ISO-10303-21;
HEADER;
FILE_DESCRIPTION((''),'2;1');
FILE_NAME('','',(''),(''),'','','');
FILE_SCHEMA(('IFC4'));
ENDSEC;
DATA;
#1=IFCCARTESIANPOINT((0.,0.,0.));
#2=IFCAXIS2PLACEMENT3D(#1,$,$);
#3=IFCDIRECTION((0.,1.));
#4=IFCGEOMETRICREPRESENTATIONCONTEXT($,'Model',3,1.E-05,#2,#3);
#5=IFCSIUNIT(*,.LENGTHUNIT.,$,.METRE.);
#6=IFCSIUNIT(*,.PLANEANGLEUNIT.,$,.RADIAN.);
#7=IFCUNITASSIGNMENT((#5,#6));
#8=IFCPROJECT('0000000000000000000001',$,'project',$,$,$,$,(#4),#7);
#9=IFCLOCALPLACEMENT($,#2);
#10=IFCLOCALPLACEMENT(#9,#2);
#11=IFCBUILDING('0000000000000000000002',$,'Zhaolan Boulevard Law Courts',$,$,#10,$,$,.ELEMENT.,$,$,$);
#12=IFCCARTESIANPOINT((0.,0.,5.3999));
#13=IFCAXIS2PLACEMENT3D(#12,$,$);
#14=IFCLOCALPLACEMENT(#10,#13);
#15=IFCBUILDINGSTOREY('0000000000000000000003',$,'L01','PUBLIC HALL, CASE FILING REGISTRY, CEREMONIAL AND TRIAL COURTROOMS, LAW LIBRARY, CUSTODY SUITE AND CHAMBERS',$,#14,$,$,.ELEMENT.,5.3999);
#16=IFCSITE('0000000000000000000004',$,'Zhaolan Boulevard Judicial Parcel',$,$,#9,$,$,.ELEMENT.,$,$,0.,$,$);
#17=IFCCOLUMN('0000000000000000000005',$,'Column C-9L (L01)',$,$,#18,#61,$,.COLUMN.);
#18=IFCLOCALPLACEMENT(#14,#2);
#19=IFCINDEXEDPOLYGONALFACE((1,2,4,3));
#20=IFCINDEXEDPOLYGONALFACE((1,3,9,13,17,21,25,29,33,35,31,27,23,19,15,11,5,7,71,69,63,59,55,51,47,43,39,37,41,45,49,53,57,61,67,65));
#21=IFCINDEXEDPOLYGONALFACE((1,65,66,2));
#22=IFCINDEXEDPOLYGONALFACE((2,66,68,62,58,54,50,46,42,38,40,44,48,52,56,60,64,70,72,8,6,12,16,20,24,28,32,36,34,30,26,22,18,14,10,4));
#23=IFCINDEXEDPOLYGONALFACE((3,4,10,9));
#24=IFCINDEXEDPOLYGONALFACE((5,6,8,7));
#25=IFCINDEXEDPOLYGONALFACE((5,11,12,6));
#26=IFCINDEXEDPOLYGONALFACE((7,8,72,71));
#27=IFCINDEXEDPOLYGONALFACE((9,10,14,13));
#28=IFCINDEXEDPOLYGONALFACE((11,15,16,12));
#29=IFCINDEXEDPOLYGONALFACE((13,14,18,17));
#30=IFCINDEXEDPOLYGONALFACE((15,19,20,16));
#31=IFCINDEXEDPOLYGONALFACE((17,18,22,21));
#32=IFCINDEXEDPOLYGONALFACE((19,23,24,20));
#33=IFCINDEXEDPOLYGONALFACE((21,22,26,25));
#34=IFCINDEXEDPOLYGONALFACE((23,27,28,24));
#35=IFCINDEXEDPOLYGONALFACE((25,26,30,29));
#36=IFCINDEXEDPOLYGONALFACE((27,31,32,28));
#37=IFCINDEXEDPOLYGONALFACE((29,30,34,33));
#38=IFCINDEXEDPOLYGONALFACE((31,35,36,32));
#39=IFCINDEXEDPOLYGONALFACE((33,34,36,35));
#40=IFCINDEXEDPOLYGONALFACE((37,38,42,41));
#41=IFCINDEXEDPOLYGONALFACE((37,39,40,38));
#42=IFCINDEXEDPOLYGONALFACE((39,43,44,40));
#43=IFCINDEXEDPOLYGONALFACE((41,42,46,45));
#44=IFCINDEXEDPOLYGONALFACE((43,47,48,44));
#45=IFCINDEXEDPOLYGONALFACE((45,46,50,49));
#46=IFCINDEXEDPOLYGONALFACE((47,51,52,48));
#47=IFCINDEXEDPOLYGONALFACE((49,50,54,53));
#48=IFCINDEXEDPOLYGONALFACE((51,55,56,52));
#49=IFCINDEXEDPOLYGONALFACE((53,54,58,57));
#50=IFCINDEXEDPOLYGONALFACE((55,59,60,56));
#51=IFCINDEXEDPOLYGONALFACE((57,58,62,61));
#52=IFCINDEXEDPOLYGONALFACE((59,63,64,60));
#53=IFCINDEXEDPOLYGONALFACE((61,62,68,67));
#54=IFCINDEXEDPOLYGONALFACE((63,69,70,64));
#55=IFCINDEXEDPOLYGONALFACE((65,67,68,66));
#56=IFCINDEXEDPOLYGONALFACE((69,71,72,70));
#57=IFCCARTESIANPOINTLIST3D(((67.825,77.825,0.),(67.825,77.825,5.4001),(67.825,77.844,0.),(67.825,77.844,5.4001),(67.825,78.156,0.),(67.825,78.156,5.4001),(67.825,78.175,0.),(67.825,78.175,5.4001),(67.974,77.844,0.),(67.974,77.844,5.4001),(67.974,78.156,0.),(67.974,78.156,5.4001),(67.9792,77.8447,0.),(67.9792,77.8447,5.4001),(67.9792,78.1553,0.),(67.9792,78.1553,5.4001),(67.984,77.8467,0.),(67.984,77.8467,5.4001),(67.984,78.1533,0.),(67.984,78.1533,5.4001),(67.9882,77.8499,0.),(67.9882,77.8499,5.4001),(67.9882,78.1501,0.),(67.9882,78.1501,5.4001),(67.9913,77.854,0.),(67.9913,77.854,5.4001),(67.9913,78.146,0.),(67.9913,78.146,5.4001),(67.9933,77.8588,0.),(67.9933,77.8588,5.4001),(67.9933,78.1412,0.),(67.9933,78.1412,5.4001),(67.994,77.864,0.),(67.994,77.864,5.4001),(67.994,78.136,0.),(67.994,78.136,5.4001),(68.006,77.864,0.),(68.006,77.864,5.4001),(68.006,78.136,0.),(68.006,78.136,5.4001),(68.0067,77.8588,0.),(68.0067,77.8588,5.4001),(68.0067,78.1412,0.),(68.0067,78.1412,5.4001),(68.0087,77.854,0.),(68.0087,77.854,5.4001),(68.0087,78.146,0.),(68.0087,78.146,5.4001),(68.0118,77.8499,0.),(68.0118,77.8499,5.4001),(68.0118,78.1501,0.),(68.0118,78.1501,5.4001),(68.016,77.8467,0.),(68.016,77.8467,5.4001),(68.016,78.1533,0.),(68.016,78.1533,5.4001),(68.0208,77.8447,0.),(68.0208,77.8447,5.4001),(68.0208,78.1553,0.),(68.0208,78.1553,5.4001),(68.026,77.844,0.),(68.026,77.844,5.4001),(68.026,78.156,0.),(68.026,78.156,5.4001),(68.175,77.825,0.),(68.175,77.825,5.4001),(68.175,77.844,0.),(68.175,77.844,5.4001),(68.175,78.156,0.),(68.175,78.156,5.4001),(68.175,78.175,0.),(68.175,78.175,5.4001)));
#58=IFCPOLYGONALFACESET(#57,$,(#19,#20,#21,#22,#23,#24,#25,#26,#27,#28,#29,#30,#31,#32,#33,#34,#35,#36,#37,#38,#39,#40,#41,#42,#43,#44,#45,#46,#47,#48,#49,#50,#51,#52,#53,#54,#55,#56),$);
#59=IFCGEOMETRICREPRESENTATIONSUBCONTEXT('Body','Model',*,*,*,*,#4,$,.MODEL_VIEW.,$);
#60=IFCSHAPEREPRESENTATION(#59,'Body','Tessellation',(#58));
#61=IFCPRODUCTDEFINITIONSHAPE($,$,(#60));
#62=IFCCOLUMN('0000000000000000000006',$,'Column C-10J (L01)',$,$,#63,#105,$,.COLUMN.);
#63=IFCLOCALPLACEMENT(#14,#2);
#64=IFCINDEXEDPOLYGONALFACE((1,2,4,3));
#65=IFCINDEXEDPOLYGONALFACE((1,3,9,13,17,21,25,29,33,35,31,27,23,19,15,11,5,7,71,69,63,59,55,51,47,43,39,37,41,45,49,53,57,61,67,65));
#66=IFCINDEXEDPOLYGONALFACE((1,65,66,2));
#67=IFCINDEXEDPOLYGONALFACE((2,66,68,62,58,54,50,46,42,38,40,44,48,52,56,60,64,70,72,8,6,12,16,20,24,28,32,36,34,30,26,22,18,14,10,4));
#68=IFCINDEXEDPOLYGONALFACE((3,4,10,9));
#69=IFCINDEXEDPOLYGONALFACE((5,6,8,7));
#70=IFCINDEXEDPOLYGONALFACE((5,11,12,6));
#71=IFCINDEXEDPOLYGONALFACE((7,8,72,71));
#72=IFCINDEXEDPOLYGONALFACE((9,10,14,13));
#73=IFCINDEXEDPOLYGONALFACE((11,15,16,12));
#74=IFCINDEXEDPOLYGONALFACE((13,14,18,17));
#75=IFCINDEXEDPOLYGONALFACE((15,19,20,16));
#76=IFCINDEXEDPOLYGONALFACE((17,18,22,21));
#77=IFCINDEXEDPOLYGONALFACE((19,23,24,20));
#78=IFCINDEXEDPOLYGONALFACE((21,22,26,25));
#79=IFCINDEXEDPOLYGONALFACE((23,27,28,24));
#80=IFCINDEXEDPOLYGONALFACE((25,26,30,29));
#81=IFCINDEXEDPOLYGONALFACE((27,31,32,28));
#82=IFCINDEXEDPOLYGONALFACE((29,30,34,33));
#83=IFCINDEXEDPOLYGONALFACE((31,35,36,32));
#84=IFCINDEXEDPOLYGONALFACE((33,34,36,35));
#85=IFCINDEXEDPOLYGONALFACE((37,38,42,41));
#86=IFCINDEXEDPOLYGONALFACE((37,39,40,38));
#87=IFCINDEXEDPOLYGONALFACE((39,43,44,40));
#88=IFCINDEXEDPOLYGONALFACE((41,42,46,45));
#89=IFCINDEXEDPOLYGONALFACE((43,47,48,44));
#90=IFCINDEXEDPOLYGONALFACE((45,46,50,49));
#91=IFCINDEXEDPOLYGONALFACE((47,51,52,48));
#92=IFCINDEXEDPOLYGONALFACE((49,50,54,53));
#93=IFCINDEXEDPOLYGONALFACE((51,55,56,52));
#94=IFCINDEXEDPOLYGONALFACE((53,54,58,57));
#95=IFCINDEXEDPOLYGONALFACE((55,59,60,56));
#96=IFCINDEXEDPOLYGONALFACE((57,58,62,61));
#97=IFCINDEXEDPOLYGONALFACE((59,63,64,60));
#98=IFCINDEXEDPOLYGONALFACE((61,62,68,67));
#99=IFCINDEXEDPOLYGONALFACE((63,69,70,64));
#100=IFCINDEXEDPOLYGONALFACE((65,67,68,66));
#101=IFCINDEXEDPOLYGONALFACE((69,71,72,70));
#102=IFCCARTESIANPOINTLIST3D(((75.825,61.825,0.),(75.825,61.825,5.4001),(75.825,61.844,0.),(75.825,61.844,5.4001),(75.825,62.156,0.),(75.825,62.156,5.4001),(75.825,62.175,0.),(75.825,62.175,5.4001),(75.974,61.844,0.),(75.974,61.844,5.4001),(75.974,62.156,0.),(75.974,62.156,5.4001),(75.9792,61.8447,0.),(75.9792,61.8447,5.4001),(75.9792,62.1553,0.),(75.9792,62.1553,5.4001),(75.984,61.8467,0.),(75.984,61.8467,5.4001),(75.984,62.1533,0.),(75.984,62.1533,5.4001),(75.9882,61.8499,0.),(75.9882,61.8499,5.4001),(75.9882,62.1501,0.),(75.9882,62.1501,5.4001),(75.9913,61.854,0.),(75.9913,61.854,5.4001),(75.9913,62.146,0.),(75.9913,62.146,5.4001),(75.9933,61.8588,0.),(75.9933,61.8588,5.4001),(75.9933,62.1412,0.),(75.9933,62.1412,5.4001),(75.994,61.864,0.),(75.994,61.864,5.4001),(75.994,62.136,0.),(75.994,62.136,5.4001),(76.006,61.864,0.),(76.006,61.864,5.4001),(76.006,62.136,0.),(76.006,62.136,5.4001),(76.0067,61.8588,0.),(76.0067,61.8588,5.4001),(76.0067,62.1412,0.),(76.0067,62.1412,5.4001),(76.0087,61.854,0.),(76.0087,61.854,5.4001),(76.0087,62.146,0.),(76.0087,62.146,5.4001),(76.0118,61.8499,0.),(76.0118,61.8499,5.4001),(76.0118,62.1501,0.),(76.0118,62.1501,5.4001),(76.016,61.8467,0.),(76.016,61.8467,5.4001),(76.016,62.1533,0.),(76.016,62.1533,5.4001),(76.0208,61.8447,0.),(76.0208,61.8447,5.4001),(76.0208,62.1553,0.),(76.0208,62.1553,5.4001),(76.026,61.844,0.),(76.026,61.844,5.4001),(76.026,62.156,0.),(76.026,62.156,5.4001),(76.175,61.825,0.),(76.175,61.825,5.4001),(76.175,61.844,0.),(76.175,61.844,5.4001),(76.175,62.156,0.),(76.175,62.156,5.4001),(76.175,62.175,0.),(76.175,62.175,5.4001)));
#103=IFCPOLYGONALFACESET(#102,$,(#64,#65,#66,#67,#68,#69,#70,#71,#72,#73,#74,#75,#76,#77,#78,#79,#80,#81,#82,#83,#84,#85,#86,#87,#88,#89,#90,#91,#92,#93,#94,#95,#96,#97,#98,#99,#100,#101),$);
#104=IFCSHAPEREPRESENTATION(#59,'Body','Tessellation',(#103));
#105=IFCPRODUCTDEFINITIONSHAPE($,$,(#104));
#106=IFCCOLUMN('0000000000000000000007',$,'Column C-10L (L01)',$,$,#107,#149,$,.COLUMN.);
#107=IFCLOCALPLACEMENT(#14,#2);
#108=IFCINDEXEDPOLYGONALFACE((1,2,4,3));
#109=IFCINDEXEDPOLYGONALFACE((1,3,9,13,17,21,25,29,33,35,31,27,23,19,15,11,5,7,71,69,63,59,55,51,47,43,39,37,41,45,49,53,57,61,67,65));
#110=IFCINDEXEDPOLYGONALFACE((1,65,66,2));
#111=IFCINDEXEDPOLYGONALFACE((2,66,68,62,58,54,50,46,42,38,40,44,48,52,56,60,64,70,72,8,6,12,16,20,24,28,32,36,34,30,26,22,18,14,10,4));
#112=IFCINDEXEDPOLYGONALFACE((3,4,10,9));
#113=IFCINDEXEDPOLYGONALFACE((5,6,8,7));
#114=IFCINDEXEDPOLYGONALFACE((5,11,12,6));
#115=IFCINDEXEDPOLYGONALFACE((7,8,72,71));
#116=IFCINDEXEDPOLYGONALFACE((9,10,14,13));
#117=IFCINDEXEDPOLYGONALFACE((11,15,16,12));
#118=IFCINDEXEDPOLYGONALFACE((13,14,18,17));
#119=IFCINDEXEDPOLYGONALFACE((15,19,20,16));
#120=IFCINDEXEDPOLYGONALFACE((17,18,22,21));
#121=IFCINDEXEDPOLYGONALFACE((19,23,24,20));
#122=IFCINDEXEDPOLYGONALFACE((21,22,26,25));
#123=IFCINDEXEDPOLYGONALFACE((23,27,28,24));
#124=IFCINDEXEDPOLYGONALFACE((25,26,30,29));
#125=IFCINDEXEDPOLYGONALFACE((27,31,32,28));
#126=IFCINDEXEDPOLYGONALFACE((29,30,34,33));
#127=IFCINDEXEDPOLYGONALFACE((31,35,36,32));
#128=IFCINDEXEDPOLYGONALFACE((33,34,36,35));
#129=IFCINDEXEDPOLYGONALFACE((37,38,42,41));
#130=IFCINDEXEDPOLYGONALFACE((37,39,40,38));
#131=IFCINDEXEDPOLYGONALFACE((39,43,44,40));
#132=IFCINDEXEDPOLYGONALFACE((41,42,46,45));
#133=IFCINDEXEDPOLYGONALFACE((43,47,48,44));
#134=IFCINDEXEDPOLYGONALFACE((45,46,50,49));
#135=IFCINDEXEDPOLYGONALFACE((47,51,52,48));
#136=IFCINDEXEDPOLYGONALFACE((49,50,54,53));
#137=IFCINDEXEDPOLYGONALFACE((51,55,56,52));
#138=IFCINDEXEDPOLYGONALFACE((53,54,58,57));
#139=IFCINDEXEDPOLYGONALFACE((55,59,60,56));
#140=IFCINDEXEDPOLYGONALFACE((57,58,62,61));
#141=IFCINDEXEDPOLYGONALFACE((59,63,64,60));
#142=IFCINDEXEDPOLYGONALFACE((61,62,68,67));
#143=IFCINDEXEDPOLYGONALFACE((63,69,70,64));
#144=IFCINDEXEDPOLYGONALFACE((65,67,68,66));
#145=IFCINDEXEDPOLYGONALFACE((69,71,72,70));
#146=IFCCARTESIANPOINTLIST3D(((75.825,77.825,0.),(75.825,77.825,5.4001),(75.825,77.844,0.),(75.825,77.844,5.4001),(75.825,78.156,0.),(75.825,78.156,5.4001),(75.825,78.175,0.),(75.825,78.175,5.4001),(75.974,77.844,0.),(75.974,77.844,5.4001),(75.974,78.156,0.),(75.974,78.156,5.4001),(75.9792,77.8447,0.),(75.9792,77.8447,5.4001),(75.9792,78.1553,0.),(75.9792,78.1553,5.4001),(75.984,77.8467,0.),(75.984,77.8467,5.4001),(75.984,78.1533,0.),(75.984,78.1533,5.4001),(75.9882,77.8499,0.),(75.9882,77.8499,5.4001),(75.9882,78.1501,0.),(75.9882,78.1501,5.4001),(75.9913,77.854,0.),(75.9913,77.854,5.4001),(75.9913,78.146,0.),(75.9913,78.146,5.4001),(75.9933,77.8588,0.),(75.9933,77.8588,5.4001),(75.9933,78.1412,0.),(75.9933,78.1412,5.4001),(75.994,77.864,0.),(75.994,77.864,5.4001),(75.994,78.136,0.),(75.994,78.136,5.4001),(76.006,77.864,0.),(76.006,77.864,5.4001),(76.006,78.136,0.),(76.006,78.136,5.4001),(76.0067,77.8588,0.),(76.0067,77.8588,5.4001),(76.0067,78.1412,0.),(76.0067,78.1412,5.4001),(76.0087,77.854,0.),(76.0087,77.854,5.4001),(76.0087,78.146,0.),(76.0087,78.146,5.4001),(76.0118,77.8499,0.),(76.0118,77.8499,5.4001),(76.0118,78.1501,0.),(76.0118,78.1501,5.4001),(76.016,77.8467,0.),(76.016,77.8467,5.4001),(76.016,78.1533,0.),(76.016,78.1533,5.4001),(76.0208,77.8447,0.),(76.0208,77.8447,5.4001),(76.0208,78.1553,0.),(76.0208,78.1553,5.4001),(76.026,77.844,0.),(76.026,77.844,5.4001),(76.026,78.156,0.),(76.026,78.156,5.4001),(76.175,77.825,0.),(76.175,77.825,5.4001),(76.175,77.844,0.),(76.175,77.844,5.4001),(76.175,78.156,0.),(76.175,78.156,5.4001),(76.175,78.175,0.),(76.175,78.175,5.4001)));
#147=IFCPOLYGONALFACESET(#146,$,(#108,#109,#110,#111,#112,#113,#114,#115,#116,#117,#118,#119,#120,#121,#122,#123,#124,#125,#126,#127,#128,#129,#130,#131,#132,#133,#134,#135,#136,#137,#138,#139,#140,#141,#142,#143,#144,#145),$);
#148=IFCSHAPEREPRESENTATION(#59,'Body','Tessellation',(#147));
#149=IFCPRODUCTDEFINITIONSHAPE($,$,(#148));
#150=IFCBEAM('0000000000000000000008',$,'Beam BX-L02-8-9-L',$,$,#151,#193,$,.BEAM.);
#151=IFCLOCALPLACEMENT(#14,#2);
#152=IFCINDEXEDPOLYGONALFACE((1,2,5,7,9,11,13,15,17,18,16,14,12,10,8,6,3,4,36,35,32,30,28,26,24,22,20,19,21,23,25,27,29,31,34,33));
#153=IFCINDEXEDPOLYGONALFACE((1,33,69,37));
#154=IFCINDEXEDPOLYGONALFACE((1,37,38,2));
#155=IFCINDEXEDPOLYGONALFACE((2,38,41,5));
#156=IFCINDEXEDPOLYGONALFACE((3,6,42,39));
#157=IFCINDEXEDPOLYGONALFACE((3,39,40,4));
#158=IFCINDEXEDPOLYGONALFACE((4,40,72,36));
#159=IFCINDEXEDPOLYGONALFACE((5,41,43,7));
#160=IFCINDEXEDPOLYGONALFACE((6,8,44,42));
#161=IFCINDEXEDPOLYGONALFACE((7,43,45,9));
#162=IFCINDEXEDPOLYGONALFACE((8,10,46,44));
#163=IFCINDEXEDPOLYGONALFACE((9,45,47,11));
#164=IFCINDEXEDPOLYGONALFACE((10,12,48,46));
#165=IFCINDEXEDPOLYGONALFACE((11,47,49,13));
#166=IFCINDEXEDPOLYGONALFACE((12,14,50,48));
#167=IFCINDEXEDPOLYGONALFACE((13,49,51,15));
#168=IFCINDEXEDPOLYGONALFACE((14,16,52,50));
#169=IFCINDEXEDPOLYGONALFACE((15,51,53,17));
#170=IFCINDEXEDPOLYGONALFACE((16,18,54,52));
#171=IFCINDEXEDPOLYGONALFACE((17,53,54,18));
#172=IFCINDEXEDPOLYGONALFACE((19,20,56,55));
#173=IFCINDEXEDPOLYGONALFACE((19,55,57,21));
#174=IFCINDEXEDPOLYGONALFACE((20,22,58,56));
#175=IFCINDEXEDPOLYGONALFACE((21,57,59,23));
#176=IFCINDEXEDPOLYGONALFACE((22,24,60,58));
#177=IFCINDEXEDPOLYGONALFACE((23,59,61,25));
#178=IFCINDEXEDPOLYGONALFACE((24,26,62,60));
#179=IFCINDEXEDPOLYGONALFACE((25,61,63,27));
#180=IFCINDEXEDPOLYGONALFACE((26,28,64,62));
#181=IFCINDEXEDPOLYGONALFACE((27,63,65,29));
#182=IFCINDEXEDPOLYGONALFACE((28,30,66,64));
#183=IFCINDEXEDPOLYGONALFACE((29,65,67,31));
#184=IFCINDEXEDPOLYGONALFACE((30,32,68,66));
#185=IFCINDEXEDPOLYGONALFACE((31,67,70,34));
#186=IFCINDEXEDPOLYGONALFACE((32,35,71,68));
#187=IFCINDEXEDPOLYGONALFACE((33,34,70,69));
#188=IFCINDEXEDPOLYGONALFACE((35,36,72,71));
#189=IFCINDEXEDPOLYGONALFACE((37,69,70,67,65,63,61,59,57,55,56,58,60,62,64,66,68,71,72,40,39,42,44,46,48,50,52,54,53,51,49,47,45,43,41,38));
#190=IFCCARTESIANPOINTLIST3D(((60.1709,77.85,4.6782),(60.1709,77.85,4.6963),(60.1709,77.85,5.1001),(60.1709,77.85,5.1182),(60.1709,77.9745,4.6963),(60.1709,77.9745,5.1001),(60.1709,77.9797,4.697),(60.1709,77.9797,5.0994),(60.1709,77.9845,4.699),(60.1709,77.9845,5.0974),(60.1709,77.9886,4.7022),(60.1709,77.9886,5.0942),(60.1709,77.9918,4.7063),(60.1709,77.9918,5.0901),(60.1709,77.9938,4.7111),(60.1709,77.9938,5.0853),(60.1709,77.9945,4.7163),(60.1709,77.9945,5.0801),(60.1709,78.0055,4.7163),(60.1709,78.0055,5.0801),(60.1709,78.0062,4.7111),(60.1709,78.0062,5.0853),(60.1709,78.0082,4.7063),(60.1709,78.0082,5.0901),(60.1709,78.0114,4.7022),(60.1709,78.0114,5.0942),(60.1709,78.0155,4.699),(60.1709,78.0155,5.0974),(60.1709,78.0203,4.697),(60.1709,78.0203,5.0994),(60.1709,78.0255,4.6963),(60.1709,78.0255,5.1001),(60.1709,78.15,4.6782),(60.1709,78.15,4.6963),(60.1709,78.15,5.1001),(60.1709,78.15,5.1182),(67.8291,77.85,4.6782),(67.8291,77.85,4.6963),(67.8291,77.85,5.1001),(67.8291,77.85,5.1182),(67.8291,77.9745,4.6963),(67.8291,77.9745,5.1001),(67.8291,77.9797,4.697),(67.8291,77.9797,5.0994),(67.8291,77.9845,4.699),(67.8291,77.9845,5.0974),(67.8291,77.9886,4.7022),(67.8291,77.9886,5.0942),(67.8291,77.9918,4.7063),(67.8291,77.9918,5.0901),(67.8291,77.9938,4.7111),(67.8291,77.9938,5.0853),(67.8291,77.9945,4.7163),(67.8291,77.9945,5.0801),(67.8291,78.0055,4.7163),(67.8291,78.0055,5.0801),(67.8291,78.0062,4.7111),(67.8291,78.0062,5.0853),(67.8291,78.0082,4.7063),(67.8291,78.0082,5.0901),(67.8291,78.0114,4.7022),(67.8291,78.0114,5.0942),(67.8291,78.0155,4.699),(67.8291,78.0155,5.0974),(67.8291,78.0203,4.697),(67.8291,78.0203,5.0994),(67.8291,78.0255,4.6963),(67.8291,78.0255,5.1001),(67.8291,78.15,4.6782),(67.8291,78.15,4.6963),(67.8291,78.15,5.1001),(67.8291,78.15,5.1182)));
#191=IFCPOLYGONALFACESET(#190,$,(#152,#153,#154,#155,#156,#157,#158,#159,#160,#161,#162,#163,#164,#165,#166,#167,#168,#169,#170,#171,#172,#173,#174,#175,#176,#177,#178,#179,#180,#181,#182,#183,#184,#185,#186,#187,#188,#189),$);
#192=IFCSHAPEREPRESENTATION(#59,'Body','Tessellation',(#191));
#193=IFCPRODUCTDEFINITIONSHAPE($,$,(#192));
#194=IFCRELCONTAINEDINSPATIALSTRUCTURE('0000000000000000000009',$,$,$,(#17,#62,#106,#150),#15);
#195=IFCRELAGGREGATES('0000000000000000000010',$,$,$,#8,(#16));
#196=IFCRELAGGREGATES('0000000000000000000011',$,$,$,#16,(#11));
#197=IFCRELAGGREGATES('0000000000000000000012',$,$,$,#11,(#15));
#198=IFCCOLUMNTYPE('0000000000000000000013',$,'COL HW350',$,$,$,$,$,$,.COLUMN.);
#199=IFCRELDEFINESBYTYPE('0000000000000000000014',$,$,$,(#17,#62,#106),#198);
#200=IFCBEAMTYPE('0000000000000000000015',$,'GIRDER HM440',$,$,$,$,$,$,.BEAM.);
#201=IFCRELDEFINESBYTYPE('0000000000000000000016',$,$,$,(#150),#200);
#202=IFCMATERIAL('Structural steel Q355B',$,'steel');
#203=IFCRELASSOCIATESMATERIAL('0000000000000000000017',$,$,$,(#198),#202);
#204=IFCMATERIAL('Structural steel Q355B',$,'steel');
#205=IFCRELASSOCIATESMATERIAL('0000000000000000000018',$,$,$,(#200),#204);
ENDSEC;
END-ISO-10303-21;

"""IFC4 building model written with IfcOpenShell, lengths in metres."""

from ifc_helpers import new_model, si_unit, direction, frame, origin, origin_2d, place, context, subcontext, project, spatial, i_section, extrude, material, material_profile, profile_set, type_object, element, save


model = new_model("IFC4")

# Units and contexts
model_context = context("Model", 3, precision=1e-05, world=origin(), true_north=direction((0.0, 1.0)))
body_context = subcontext(model_context, "Body", "Model", "MODEL_VIEW")
ifc_project = project(units=[si_unit("LENGTHUNIT", "METRE"), si_unit("PLANEANGLEUNIT", "RADIAN")], contexts=[model_context])

# Site, building, storey
site_placement = place(None, origin())
site = spatial("IfcSite", under=ifc_project, at=site_placement, Name="Zhaolan Boulevard Judicial Parcel", CompositionType="ELEMENT", RefElevation=0.0)
building_placement = place(site_placement, origin())
building = spatial("IfcBuilding", under=site, at=building_placement, Name="Zhaolan Boulevard Law Courts", CompositionType="ELEMENT")
storey_placement = place(building_placement, frame((0.0, 0.0, 5.3999)))
storey = spatial("IfcBuildingStorey", under=building, at=storey_placement, Name="L01", Description="PUBLIC HALL, CASE FILING REGISTRY, CEREMONIAL AND TRIAL COURTROOMS, LAW LIBRARY, CUSTODY SUITE AND CHAMBERS", CompositionType="ELEMENT", Elevation=5.3999)

# Columns
ifc_material_1 = material(Name="Structural steel Q355B", Category="steel")
ifc_material_profile_1 = material_profile(ifc_material_1, i_section(OverallWidth=0.3501, OverallDepth=0.3501, WebThickness=0.012, FlangeThickness=0.019, FilletRadius=0.02, at=origin_2d()), Name="HW350x350")
ifc_profile_set_1 = profile_set([ifc_material_profile_1], Name="Structural steel Q355B")
column_type = type_object("IfcColumnType", Name="COL HW350", PredefinedType="COLUMN", material=ifc_profile_set_1)
for number, where, z_axis, x_axis, name in (
    (1, (68.0, 78.0, 0.0), (0.0, 0.0, 1.0), (1.0, 0.0, 0.0), "Column C-9L (L01)"),
    (2, (76.0, 62.0, 0.0), (0.0, 0.0, 1.0), (1.0, 0.0, 0.0), "Column C-10J (L01)"),
    (3, (76.0, 78.0, 0.0), (0.0, 0.0, 1.0), (1.0, 0.0, 0.0), "Column C-10L (L01)"),
):
    element("IfcColumn", number, at=place(storey_placement, frame(where, z_axis=z_axis, x_axis=x_axis)), inside=storey, type_object=column_type, Name=name, PredefinedType="COLUMN", context=body_context, shape_type="SweptSolid", body=[
        extrude(i_section(OverallWidth=0.3501, OverallDepth=0.3501, WebThickness=0.012, FlangeThickness=0.019, FilletRadius=0.02, at=origin_2d()), origin(), (0.0, 0.0, 1.0), 5.4001),
    ])

# Beam
ifc_material_2 = material(Name="Structural steel Q355B", Category="steel")
ifc_material_profile_2 = material_profile(ifc_material_2, i_section(OverallWidth=0.3, OverallDepth=0.4399, WebThickness=0.011, FlangeThickness=0.0181, FilletRadius=0.02, at=origin_2d()), Name="HM440x300")
ifc_profile_set_2 = profile_set([ifc_material_profile_2], Name="Structural steel Q355B")
beam_type_1 = type_object("IfcBeamType", Name="GIRDER HM440", PredefinedType="BEAM", material=ifc_profile_set_2)
for number, where, z_axis, x_axis, name in (
    (4, (60.1709, 78.0, 4.8982), (1.0, 0.0, 0.0), (0.0, 1.0, 0.0), "Beam BX-L02-8-9-L"),
):
    element("IfcBeam", number, at=place(storey_placement, frame(where, z_axis=z_axis, x_axis=x_axis)), inside=storey, type_object=beam_type_1, Name=name, PredefinedType="BEAM", context=body_context, shape_type="SweptSolid", body=[
        extrude(i_section(OverallWidth=0.3, OverallDepth=0.4399, WebThickness=0.011, FlangeThickness=0.0181, FilletRadius=0.02, at=origin_2d()), origin(), (0.0, 0.0, 1.0), 7.6582),
    ])

save(model, "model.ifc")
